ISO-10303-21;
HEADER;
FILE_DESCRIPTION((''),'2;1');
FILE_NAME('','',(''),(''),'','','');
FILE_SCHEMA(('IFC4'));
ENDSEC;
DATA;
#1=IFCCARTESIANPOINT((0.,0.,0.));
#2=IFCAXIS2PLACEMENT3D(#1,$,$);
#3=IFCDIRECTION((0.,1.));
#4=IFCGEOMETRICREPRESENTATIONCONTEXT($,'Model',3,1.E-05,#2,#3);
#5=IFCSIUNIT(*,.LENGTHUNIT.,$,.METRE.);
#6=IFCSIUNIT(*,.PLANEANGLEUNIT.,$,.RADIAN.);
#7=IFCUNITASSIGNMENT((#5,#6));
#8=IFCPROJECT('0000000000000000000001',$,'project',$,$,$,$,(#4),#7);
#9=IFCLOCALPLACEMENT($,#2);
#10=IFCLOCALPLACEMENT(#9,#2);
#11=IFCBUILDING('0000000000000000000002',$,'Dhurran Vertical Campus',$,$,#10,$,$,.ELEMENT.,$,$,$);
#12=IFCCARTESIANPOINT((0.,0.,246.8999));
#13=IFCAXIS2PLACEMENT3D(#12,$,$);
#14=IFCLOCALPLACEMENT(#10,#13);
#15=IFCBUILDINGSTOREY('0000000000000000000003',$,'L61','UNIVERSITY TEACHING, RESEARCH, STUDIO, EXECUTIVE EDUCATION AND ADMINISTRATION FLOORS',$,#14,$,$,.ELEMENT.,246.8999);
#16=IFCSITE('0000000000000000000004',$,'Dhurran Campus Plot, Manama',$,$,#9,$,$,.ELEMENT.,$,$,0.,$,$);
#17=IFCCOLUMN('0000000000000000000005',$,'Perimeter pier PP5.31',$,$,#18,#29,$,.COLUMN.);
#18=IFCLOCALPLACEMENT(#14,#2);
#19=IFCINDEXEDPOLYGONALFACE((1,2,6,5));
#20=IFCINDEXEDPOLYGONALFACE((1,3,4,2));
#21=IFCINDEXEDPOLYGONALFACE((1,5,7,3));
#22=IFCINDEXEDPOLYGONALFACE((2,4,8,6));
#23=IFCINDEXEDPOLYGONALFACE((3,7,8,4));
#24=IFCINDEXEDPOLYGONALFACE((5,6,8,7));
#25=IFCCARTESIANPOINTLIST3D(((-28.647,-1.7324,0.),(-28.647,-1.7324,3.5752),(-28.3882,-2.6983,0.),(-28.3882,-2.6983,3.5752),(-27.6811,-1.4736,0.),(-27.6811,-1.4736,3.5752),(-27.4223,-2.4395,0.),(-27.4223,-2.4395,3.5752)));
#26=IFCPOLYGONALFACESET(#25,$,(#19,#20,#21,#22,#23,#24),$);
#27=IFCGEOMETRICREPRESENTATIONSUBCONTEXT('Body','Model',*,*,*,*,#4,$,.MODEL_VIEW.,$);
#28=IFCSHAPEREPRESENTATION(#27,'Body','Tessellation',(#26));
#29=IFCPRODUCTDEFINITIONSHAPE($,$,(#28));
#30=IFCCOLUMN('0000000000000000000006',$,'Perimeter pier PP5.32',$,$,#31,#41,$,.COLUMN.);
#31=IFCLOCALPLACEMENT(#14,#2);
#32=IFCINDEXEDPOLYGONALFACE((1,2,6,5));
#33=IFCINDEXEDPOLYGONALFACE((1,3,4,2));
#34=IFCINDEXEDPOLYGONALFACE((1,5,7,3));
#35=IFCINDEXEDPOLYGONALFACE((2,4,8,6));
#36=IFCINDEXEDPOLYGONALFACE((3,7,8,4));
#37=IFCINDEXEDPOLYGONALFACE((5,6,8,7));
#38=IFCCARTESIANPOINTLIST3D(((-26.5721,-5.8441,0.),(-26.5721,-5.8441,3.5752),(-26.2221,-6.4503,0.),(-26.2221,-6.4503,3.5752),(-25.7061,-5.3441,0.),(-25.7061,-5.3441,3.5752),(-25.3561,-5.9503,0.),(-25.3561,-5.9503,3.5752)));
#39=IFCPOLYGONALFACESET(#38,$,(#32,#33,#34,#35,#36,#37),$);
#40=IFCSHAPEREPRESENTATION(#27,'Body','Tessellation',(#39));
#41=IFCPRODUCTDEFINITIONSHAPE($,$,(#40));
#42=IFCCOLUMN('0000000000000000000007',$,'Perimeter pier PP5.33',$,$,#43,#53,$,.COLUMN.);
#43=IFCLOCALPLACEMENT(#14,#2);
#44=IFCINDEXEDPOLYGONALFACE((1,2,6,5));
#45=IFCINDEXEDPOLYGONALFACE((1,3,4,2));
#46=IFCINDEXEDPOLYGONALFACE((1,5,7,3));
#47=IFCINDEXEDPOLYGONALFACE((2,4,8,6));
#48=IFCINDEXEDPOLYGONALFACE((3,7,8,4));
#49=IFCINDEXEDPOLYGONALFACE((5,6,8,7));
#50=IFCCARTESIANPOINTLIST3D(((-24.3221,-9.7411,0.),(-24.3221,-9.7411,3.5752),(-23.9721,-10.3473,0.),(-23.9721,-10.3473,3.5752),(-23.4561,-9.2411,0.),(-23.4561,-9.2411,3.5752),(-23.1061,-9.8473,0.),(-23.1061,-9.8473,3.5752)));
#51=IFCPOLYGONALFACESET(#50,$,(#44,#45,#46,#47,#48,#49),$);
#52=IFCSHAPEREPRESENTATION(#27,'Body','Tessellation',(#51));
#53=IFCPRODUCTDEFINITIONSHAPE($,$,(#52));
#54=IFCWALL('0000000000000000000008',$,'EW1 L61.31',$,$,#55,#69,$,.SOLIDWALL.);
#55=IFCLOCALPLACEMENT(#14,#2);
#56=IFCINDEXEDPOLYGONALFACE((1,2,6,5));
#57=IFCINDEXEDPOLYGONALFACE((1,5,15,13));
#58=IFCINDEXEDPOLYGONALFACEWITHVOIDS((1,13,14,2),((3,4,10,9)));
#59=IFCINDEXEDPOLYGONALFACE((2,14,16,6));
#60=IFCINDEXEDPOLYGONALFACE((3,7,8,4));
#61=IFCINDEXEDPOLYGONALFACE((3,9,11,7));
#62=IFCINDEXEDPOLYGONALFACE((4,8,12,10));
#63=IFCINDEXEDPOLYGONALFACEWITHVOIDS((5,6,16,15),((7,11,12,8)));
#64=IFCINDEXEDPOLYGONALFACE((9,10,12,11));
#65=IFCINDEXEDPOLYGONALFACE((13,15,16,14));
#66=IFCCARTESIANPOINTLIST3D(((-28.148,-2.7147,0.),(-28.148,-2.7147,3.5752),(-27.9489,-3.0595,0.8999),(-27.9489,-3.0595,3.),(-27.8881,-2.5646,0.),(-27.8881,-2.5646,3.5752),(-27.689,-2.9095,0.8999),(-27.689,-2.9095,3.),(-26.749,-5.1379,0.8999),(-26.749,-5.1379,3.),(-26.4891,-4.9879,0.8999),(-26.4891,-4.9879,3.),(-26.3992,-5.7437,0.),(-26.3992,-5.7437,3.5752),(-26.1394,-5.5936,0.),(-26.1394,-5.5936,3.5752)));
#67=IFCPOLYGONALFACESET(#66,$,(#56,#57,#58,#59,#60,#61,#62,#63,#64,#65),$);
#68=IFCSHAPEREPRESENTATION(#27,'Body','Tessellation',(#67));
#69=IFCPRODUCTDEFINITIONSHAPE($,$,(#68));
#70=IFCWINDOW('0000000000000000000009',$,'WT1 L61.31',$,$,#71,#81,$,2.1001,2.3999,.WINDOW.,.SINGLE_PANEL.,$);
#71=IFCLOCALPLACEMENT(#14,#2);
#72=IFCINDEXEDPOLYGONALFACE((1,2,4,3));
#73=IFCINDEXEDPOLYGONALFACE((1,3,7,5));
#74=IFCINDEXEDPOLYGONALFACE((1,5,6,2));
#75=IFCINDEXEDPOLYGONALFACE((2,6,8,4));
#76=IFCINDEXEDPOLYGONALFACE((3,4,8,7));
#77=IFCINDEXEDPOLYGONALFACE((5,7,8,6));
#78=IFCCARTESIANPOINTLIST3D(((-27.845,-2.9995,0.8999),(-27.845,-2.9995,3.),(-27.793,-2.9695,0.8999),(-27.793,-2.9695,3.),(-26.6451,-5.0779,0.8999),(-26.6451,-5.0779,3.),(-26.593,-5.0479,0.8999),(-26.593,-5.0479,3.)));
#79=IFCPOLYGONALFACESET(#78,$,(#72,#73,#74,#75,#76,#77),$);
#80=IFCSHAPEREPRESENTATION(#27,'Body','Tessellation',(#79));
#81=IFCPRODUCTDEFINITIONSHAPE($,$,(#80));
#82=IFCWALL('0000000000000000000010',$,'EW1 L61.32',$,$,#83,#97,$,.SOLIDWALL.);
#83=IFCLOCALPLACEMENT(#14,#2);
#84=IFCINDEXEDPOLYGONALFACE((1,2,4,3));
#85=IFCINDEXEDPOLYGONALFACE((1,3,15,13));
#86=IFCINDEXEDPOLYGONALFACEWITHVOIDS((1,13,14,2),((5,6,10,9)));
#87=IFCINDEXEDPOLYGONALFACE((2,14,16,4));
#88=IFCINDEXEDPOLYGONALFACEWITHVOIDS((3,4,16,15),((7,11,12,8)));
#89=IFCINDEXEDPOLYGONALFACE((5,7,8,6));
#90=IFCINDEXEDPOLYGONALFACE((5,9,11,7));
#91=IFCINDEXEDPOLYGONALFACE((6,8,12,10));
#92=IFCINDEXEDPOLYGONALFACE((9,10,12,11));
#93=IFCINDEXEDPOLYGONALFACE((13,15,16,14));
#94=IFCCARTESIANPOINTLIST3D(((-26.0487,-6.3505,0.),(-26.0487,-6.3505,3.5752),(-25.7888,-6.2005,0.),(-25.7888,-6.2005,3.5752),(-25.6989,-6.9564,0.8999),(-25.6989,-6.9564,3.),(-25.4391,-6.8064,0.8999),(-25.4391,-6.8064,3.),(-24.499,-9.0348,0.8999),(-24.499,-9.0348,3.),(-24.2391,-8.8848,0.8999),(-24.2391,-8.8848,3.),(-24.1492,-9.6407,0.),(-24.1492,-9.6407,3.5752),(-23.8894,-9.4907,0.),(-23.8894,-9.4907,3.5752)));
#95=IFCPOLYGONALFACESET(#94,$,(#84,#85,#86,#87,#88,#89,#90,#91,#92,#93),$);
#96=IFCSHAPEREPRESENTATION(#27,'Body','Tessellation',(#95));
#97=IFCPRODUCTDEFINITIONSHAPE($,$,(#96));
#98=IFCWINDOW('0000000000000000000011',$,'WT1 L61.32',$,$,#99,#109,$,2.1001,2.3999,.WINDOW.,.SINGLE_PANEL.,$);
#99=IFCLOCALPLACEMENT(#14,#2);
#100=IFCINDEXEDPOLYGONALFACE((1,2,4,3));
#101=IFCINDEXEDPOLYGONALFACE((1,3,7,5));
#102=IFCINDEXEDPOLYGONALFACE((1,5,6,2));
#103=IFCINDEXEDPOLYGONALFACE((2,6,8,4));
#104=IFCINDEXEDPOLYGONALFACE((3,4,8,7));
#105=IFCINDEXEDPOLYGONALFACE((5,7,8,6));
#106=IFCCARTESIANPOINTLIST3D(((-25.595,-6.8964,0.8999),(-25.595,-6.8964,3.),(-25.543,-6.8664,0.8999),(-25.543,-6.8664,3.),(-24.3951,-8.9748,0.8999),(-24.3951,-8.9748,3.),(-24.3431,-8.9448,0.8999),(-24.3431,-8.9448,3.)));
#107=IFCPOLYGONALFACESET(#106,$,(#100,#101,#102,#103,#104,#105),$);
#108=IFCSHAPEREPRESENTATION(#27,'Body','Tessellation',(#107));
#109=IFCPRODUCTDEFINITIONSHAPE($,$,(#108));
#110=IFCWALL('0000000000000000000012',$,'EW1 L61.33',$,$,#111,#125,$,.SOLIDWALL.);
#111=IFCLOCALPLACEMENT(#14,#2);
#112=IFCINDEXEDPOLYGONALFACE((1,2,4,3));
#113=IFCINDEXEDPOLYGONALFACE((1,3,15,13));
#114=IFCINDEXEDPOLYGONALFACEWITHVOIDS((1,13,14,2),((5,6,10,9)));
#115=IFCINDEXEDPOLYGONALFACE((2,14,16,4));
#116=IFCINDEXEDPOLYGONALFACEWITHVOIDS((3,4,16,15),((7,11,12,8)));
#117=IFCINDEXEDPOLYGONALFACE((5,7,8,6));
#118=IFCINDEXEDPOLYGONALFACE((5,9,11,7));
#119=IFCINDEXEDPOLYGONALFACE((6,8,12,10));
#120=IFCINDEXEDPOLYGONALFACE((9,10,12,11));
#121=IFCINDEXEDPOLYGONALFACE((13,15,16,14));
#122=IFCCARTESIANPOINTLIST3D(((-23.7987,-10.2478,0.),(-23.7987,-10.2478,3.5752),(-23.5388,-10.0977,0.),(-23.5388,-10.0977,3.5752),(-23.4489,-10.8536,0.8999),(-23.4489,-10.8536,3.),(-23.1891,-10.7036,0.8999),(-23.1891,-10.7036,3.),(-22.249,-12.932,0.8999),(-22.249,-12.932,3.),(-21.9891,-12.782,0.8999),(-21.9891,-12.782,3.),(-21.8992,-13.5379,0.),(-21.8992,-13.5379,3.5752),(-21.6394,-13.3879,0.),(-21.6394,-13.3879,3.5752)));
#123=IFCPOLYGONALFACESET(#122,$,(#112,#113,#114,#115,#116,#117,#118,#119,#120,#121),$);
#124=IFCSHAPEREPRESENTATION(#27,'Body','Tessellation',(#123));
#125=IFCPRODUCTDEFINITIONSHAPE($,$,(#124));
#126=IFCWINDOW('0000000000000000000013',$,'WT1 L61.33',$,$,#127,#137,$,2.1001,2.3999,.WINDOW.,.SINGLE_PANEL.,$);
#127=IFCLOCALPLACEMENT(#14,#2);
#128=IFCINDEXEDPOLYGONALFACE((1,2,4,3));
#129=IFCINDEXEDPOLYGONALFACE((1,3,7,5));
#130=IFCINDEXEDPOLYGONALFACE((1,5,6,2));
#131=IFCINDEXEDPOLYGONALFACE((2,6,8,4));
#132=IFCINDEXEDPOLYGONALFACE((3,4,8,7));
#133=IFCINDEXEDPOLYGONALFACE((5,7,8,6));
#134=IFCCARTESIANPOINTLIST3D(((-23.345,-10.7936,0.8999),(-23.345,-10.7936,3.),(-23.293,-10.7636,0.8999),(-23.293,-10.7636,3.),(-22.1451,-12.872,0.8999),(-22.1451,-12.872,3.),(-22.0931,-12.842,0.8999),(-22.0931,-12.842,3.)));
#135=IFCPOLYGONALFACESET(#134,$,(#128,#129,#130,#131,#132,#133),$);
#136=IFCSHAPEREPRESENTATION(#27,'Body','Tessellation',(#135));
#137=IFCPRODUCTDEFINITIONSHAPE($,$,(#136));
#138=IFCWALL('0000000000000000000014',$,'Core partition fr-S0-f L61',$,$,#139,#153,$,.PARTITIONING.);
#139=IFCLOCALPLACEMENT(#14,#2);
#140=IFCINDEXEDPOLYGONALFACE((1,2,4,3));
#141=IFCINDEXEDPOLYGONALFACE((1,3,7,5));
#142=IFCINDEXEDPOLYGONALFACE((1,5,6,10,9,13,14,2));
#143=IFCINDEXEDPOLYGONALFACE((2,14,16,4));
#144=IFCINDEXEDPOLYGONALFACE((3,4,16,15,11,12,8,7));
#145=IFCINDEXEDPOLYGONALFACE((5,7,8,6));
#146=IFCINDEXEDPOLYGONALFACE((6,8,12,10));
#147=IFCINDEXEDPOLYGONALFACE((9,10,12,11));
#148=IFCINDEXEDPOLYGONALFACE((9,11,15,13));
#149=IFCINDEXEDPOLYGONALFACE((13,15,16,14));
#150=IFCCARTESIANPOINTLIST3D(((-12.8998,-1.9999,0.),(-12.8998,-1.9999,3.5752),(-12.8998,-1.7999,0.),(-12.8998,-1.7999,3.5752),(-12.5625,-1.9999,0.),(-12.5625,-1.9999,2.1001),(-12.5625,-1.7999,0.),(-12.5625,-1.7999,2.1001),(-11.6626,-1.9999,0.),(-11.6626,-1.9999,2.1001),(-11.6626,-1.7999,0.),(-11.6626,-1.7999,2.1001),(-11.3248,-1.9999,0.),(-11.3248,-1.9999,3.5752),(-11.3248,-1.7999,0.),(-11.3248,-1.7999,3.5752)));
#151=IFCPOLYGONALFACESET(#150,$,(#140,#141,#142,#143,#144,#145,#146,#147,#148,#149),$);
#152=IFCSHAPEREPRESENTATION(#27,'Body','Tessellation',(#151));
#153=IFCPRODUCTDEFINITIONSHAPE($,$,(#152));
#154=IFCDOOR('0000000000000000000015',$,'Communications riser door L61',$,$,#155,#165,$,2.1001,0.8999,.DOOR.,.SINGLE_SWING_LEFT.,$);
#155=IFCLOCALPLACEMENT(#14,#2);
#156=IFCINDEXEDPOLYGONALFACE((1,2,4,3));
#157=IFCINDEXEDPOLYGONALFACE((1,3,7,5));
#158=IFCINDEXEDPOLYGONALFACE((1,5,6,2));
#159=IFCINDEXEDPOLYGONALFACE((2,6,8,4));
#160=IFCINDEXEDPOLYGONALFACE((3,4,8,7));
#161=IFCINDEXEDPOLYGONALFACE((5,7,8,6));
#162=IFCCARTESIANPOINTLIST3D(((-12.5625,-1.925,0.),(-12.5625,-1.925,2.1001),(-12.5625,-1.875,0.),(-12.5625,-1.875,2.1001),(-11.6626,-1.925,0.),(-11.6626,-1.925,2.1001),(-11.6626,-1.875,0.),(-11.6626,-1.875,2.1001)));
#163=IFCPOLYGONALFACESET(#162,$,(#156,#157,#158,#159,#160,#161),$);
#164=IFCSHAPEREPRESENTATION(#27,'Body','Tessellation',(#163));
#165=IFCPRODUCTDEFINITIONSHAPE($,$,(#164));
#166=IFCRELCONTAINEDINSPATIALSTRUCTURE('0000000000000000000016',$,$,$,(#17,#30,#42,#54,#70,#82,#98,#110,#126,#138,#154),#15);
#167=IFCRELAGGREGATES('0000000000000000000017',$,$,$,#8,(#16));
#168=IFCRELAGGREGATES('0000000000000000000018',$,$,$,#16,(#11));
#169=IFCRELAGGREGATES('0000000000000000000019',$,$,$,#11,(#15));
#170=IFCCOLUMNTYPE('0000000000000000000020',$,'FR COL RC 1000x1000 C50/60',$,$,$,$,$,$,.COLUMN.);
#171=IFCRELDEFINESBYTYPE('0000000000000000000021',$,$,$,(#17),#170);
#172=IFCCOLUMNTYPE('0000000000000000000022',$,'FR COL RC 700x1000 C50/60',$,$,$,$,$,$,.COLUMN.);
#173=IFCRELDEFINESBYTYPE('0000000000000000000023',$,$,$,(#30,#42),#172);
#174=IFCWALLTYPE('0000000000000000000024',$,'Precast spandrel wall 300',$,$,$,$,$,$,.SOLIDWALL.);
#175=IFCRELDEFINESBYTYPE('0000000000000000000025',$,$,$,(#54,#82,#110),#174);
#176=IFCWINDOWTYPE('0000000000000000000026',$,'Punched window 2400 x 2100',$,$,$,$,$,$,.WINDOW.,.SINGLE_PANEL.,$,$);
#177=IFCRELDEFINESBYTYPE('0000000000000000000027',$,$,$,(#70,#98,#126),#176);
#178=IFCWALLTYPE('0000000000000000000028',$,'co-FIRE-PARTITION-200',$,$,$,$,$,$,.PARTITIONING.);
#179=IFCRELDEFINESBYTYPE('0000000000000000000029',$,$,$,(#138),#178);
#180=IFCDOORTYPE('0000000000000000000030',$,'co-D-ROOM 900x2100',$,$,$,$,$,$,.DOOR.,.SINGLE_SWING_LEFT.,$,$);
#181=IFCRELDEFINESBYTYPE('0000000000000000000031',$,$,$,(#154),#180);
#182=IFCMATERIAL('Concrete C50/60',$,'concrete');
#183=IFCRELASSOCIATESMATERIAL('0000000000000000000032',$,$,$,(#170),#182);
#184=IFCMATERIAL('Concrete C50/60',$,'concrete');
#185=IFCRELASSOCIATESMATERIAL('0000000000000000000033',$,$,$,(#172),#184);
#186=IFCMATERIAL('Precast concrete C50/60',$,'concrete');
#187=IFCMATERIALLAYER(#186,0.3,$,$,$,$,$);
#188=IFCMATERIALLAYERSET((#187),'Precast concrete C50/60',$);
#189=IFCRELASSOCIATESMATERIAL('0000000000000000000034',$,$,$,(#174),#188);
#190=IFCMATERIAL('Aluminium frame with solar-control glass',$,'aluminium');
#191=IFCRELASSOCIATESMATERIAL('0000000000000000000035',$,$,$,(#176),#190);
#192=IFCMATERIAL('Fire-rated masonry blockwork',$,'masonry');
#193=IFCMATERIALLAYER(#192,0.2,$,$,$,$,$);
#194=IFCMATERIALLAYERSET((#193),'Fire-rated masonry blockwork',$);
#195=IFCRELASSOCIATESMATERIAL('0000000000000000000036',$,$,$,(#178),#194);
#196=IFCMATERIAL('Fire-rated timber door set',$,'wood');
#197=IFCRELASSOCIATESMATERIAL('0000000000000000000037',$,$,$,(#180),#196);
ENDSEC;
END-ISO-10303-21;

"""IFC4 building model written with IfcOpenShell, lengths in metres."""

from ifc_helpers import new_model, si_unit, direction, frame, frame_2d, origin, origin_2d, place, context, subcontext, project, spatial, rectangle, extrude, material, layer, layer_set, material_profile, profile_set, type_object, element, fill, save


model = new_model("IFC4")

# Units and contexts
model_context = context("Model", 3, precision=1e-05, world=origin(), true_north=direction((0.0, 1.0)))
body_context = subcontext(model_context, "Body", "Model", "MODEL_VIEW")
ifc_project = project(units=[si_unit("LENGTHUNIT", "METRE"), si_unit("PLANEANGLEUNIT", "RADIAN")], contexts=[model_context])

# Site, building, storey
site_placement = place(None, origin())
site = spatial("IfcSite", under=ifc_project, at=site_placement, Name="Dhurran Campus Plot, Manama", CompositionType="ELEMENT", RefElevation=0.0)
building_placement = place(site_placement, origin())
building = spatial("IfcBuilding", under=site, at=building_placement, Name="Dhurran Vertical Campus", CompositionType="ELEMENT")
storey_placement = place(building_placement, frame((0.0, 0.0, 246.8999)))
storey = spatial("IfcBuildingStorey", under=building, at=storey_placement, Name="L61", Description="UNIVERSITY TEACHING, RESEARCH, STUDIO, EXECUTIVE EDUCATION AND ADMINISTRATION FLOORS", CompositionType="ELEMENT", Elevation=246.8999)

# Columns
ifc_material_1 = material(Name="Concrete C50/60", Category="concrete")
ifc_material_profile_1 = material_profile(ifc_material_1, rectangle(XDim=1.0, YDim=1.0, at=origin_2d()), Name="RC 1000x1000")
ifc_profile_set_1 = profile_set([ifc_material_profile_1], Name="Concrete C50/60")
column_type_1 = type_object("IfcColumnType", Name="FR COL RC 1000x1000 C50/60", PredefinedType="COLUMN", material=ifc_profile_set_1)
column_placement = place(storey_placement, frame((-28.0347, -2.0859, 0.0), z_axis=(0.0, 0.0, 1.0), x_axis=(0.258819, -0.965926, 0.0)))
element("IfcColumn", 1, at=column_placement, inside=storey, type_object=column_type_1, Name="Perimeter pier PP5.31", PredefinedType="COLUMN", context=body_context, shape_type="SweptSolid", body=[
    extrude(rectangle(XDim=1.0, YDim=1.0, at=origin_2d()), origin(), (0.0, 0.0, 1.0), 3.5752),
])
ifc_material_2 = material(Name="Concrete C50/60", Category="concrete")
ifc_material_profile_2 = material_profile(ifc_material_2, rectangle(XDim=0.7, YDim=1.0, at=origin_2d()), Name="RC 700x1000")
ifc_profile_set_2 = profile_set([ifc_material_profile_2], Name="Concrete C50/60")
column_type_2 = type_object("IfcColumnType", Name="FR COL RC 700x1000 C50/60", PredefinedType="COLUMN", material=ifc_profile_set_2)
for number, where, z_axis, x_axis, name in (
    (2, (-25.9641, -5.8972, 0.0), (0.0, 0.0, 1.0), (0.5, -0.866025, 0.0), "Perimeter pier PP5.32"),
    (3, (-23.7141, -9.7942, 0.0), (0.0, 0.0, 1.0), (0.5, -0.866025, 0.0), "Perimeter pier PP5.33"),
):
    element("IfcColumn", number, at=place(storey_placement, frame(where, z_axis=z_axis, x_axis=x_axis)), inside=storey, type_object=column_type_2, Name=name, PredefinedType="COLUMN", context=body_context, shape_type="SweptSolid", body=[
        extrude(rectangle(XDim=0.7, YDim=1.0, at=origin_2d()), origin(), (0.0, 0.0, 1.0), 3.5752),
    ])

# Walls, openings, windows
ifc_material_3 = material(Name="Precast concrete C50/60", Category="concrete")
ifc_layer_1 = layer(ifc_material_3, 0.3)
ifc_layer_set_1 = layer_set([ifc_layer_1], Name="Precast concrete C50/60")
wall_type_1 = type_object("IfcWallType", Name="Precast spandrel wall 300", PredefinedType="SOLIDWALL", material=ifc_layer_set_1)
wall_1_placement = place(storey_placement, frame((-28.0181, -2.6396, 0.0), z_axis=(0.0, 0.0, 1.0), x_axis=(0.49999, -0.866031, 0.0)))
wall_1 = element("IfcWall", 4, at=wall_1_placement, inside=storey, type_object=wall_type_1, Name="EW1 L61.31", PredefinedType="SOLIDWALL", context=body_context, shape_type="SweptSolid", body=[
    extrude(rectangle(XDim=3.4976, YDim=0.3, at=frame_2d((1.7488, 0.0))), origin(), (0.0, 0.0, 1.0), 3.5752),
])
opening_1_placement = place(wall_1_placement, frame((0.3982, 0.0, 0.8999)))
opening_1 = element("IfcOpeningElement", 5, at=opening_1_placement, cuts=wall_1, PredefinedType="OPENING", context=body_context, shape_type="SweptSolid", body=[
    extrude(rectangle(XDim=2.3999, YDim=2.1001, at=frame_2d((1.2, 1.05))), frame((0.0, 0.1599, 0.0), z_axis=(0.0, -1.0, 0.0), x_axis=(1.0, 0.0, 0.0)), (0.0, 0.0, 1.0), 0.3201),
])
ifc_material_4 = material(Name="Aluminium frame with solar-control glass", Category="aluminium")
window_type = type_object("IfcWindowType", Name="Punched window 2400 x 2100", PartitioningType="SINGLE_PANEL", PredefinedType="WINDOW", material=ifc_material_4)
window_1_placement = place(opening_1_placement, origin())
window_1 = element("IfcWindow", 6, at=window_1_placement, inside=storey, type_object=window_type, Name="WT1 L61.31", OverallHeight=2.1001, OverallWidth=2.3999, PartitioningType="SINGLE_PANEL", PredefinedType="WINDOW", context=body_context, shape_type="SweptSolid", body=[
    extrude(rectangle(XDim=2.3999, YDim=2.1001, at=frame_2d((1.2, 1.05))), frame((0.0, 0.03, 0.0), z_axis=(0.0, -1.0, 0.0), x_axis=(1.0, 0.0, 0.0)), (0.0, 0.0, 1.0), 0.0601),
])
fill(opening_1, window_1)
wall_2_placement = place(storey_placement, frame((-25.9187, -6.2756, 0.0), z_axis=(0.0, 0.0, 1.0), x_axis=(0.499982, -0.866036, 0.0)))
wall_2 = element("IfcWall", 7, at=wall_2_placement, inside=storey, type_object=wall_type_1, Name="EW1 L61.32", PredefinedType="SOLIDWALL", context=body_context, shape_type="SweptSolid", body=[
    extrude(rectangle(XDim=3.7991, YDim=0.3, at=frame_2d((1.8994, 0.0))), origin(), (0.0, 0.0, 1.0), 3.5752),
])
opening_2_placement = place(wall_2_placement, frame((0.6995, 0.0, 0.8999)))
opening_2 = element("IfcOpeningElement", 8, at=opening_2_placement, cuts=wall_2, PredefinedType="OPENING", context=body_context, shape_type="SweptSolid", body=[
    extrude(rectangle(XDim=2.3999, YDim=2.1001, at=frame_2d((1.2, 1.05))), frame((0.0, 0.1599, 0.0), z_axis=(0.0, -1.0, 0.0), x_axis=(1.0, 0.0, 0.0)), (0.0, 0.0, 1.0), 0.3201),
])
window_2_placement = place(opening_2_placement, origin())
window_2 = element("IfcWindow", 9, at=window_2_placement, inside=storey, type_object=window_type, Name="WT1 L61.32", OverallHeight=2.1001, OverallWidth=2.3999, PartitioningType="SINGLE_PANEL", PredefinedType="WINDOW", context=body_context, shape_type="SweptSolid", body=[
    extrude(rectangle(XDim=2.3999, YDim=2.1001, at=frame_2d((1.2, 1.05))), frame((0.0, 0.03, 0.0), z_axis=(0.0, -1.0, 0.0), x_axis=(1.0, 0.0, 0.0)), (0.0, 0.0, 1.0), 0.0601),
])
fill(opening_2, window_2)
wall_3_placement = place(storey_placement, frame((-23.6687, -10.1729, 0.0), z_axis=(0.0, 0.0, 1.0), x_axis=(0.499982, -0.866036, 0.0)))
wall_3 = element("IfcWall", 10, at=wall_3_placement, inside=storey, type_object=wall_type_1, Name="EW1 L61.33", PredefinedType="SOLIDWALL", context=body_context, shape_type="SweptSolid", body=[
    extrude(rectangle(XDim=3.7991, YDim=0.3, at=frame_2d((1.8994, 0.0))), origin(), (0.0, 0.0, 1.0), 3.5752),
])
opening_3_placement = place(wall_3_placement, frame((0.6995, 0.0, 0.8999)))
opening_3 = element("IfcOpeningElement", 11, at=opening_3_placement, cuts=wall_3, PredefinedType="OPENING", context=body_context, shape_type="SweptSolid", body=[
    extrude(rectangle(XDim=2.3999, YDim=2.1001, at=frame_2d((1.2, 1.05))), frame((0.0, 0.1599, 0.0), z_axis=(0.0, -1.0, 0.0), x_axis=(1.0, 0.0, 0.0)), (0.0, 0.0, 1.0), 0.3201),
])
window_3_placement = place(opening_3_placement, origin())
window_3 = element("IfcWindow", 12, at=window_3_placement, inside=storey, type_object=window_type, Name="WT1 L61.33", OverallHeight=2.1001, OverallWidth=2.3999, PartitioningType="SINGLE_PANEL", PredefinedType="WINDOW", context=body_context, shape_type="SweptSolid", body=[
    extrude(rectangle(XDim=2.3999, YDim=2.1001, at=frame_2d((1.2, 1.05))), frame((0.0, 0.03, 0.0), z_axis=(0.0, -1.0, 0.0), x_axis=(1.0, 0.0, 0.0)), (0.0, 0.0, 1.0), 0.0601),
])
fill(opening_3, window_3)

# Wall, opening, door
ifc_material_5 = material(Name="Fire-rated masonry blockwork", Category="masonry")
ifc_layer_2 = layer(ifc_material_5, 0.2)
ifc_layer_set_2 = layer_set([ifc_layer_2], Name="Fire-rated masonry blockwork")
wall_type_2 = type_object("IfcWallType", Name="co-FIRE-PARTITION-200", PredefinedType="PARTITIONING", material=ifc_layer_set_2)
wall_4_placement = place(storey_placement, frame((-12.8999, -1.8999, 0.0), z_axis=(0.0, 0.0, 1.0), x_axis=(1.0, 0.0, 0.0)))
wall_4 = element("IfcWall", 13, at=wall_4_placement, inside=storey, type_object=wall_type_2, Name="Core partition fr-S0-f L61", PredefinedType="PARTITIONING", context=body_context, shape_type="SweptSolid", body=[
    extrude(rectangle(XDim=1.575, YDim=0.2, at=frame_2d((0.7876, 0.0))), origin(), (0.0, 0.0, 1.0), 3.5752),
])
opening_4_placement = place(wall_4_placement, frame((0.3374, 0.0, 0.0)))
opening_4 = element("IfcOpeningElement", 14, at=opening_4_placement, cuts=wall_4, PredefinedType="OPENING", context=body_context, shape_type="SweptSolid", body=[
    extrude(rectangle(XDim=0.8999, YDim=2.1001, at=frame_2d((0.45, 1.05))), frame((0.0, 0.1099, 0.0), z_axis=(0.0, -1.0, 0.0), x_axis=(1.0, 0.0, 0.0)), (0.0, 0.0, 1.0), 0.22),
])
ifc_material_6 = material(Name="Fire-rated timber door set", Category="wood")
door_type_1 = type_object("IfcDoorType", Name="co-D-ROOM 900x2100", OperationType="SINGLE_SWING_LEFT", PredefinedType="DOOR", material=ifc_material_6)
door_1_placement = place(opening_4_placement, origin())
door_1 = element("IfcDoor", 15, at=door_1_placement, inside=storey, type_object=door_type_1, Name="Communications riser door L61", OperationType="SINGLE_SWING_LEFT", OverallHeight=2.1001, OverallWidth=0.8999, PredefinedType="DOOR", context=body_context, shape_type="SweptSolid", body=[
    extrude(rectangle(XDim=0.8999, YDim=2.1001, at=frame_2d((0.45, 1.05))), frame((0.0, 0.0249, 0.0), z_axis=(0.0, -1.0, 0.0), x_axis=(1.0, 0.0, 0.0)), (0.0, 0.0, 1.0), 0.05),
])
fill(opening_4, door_1)

save(model, "model.ifc")
